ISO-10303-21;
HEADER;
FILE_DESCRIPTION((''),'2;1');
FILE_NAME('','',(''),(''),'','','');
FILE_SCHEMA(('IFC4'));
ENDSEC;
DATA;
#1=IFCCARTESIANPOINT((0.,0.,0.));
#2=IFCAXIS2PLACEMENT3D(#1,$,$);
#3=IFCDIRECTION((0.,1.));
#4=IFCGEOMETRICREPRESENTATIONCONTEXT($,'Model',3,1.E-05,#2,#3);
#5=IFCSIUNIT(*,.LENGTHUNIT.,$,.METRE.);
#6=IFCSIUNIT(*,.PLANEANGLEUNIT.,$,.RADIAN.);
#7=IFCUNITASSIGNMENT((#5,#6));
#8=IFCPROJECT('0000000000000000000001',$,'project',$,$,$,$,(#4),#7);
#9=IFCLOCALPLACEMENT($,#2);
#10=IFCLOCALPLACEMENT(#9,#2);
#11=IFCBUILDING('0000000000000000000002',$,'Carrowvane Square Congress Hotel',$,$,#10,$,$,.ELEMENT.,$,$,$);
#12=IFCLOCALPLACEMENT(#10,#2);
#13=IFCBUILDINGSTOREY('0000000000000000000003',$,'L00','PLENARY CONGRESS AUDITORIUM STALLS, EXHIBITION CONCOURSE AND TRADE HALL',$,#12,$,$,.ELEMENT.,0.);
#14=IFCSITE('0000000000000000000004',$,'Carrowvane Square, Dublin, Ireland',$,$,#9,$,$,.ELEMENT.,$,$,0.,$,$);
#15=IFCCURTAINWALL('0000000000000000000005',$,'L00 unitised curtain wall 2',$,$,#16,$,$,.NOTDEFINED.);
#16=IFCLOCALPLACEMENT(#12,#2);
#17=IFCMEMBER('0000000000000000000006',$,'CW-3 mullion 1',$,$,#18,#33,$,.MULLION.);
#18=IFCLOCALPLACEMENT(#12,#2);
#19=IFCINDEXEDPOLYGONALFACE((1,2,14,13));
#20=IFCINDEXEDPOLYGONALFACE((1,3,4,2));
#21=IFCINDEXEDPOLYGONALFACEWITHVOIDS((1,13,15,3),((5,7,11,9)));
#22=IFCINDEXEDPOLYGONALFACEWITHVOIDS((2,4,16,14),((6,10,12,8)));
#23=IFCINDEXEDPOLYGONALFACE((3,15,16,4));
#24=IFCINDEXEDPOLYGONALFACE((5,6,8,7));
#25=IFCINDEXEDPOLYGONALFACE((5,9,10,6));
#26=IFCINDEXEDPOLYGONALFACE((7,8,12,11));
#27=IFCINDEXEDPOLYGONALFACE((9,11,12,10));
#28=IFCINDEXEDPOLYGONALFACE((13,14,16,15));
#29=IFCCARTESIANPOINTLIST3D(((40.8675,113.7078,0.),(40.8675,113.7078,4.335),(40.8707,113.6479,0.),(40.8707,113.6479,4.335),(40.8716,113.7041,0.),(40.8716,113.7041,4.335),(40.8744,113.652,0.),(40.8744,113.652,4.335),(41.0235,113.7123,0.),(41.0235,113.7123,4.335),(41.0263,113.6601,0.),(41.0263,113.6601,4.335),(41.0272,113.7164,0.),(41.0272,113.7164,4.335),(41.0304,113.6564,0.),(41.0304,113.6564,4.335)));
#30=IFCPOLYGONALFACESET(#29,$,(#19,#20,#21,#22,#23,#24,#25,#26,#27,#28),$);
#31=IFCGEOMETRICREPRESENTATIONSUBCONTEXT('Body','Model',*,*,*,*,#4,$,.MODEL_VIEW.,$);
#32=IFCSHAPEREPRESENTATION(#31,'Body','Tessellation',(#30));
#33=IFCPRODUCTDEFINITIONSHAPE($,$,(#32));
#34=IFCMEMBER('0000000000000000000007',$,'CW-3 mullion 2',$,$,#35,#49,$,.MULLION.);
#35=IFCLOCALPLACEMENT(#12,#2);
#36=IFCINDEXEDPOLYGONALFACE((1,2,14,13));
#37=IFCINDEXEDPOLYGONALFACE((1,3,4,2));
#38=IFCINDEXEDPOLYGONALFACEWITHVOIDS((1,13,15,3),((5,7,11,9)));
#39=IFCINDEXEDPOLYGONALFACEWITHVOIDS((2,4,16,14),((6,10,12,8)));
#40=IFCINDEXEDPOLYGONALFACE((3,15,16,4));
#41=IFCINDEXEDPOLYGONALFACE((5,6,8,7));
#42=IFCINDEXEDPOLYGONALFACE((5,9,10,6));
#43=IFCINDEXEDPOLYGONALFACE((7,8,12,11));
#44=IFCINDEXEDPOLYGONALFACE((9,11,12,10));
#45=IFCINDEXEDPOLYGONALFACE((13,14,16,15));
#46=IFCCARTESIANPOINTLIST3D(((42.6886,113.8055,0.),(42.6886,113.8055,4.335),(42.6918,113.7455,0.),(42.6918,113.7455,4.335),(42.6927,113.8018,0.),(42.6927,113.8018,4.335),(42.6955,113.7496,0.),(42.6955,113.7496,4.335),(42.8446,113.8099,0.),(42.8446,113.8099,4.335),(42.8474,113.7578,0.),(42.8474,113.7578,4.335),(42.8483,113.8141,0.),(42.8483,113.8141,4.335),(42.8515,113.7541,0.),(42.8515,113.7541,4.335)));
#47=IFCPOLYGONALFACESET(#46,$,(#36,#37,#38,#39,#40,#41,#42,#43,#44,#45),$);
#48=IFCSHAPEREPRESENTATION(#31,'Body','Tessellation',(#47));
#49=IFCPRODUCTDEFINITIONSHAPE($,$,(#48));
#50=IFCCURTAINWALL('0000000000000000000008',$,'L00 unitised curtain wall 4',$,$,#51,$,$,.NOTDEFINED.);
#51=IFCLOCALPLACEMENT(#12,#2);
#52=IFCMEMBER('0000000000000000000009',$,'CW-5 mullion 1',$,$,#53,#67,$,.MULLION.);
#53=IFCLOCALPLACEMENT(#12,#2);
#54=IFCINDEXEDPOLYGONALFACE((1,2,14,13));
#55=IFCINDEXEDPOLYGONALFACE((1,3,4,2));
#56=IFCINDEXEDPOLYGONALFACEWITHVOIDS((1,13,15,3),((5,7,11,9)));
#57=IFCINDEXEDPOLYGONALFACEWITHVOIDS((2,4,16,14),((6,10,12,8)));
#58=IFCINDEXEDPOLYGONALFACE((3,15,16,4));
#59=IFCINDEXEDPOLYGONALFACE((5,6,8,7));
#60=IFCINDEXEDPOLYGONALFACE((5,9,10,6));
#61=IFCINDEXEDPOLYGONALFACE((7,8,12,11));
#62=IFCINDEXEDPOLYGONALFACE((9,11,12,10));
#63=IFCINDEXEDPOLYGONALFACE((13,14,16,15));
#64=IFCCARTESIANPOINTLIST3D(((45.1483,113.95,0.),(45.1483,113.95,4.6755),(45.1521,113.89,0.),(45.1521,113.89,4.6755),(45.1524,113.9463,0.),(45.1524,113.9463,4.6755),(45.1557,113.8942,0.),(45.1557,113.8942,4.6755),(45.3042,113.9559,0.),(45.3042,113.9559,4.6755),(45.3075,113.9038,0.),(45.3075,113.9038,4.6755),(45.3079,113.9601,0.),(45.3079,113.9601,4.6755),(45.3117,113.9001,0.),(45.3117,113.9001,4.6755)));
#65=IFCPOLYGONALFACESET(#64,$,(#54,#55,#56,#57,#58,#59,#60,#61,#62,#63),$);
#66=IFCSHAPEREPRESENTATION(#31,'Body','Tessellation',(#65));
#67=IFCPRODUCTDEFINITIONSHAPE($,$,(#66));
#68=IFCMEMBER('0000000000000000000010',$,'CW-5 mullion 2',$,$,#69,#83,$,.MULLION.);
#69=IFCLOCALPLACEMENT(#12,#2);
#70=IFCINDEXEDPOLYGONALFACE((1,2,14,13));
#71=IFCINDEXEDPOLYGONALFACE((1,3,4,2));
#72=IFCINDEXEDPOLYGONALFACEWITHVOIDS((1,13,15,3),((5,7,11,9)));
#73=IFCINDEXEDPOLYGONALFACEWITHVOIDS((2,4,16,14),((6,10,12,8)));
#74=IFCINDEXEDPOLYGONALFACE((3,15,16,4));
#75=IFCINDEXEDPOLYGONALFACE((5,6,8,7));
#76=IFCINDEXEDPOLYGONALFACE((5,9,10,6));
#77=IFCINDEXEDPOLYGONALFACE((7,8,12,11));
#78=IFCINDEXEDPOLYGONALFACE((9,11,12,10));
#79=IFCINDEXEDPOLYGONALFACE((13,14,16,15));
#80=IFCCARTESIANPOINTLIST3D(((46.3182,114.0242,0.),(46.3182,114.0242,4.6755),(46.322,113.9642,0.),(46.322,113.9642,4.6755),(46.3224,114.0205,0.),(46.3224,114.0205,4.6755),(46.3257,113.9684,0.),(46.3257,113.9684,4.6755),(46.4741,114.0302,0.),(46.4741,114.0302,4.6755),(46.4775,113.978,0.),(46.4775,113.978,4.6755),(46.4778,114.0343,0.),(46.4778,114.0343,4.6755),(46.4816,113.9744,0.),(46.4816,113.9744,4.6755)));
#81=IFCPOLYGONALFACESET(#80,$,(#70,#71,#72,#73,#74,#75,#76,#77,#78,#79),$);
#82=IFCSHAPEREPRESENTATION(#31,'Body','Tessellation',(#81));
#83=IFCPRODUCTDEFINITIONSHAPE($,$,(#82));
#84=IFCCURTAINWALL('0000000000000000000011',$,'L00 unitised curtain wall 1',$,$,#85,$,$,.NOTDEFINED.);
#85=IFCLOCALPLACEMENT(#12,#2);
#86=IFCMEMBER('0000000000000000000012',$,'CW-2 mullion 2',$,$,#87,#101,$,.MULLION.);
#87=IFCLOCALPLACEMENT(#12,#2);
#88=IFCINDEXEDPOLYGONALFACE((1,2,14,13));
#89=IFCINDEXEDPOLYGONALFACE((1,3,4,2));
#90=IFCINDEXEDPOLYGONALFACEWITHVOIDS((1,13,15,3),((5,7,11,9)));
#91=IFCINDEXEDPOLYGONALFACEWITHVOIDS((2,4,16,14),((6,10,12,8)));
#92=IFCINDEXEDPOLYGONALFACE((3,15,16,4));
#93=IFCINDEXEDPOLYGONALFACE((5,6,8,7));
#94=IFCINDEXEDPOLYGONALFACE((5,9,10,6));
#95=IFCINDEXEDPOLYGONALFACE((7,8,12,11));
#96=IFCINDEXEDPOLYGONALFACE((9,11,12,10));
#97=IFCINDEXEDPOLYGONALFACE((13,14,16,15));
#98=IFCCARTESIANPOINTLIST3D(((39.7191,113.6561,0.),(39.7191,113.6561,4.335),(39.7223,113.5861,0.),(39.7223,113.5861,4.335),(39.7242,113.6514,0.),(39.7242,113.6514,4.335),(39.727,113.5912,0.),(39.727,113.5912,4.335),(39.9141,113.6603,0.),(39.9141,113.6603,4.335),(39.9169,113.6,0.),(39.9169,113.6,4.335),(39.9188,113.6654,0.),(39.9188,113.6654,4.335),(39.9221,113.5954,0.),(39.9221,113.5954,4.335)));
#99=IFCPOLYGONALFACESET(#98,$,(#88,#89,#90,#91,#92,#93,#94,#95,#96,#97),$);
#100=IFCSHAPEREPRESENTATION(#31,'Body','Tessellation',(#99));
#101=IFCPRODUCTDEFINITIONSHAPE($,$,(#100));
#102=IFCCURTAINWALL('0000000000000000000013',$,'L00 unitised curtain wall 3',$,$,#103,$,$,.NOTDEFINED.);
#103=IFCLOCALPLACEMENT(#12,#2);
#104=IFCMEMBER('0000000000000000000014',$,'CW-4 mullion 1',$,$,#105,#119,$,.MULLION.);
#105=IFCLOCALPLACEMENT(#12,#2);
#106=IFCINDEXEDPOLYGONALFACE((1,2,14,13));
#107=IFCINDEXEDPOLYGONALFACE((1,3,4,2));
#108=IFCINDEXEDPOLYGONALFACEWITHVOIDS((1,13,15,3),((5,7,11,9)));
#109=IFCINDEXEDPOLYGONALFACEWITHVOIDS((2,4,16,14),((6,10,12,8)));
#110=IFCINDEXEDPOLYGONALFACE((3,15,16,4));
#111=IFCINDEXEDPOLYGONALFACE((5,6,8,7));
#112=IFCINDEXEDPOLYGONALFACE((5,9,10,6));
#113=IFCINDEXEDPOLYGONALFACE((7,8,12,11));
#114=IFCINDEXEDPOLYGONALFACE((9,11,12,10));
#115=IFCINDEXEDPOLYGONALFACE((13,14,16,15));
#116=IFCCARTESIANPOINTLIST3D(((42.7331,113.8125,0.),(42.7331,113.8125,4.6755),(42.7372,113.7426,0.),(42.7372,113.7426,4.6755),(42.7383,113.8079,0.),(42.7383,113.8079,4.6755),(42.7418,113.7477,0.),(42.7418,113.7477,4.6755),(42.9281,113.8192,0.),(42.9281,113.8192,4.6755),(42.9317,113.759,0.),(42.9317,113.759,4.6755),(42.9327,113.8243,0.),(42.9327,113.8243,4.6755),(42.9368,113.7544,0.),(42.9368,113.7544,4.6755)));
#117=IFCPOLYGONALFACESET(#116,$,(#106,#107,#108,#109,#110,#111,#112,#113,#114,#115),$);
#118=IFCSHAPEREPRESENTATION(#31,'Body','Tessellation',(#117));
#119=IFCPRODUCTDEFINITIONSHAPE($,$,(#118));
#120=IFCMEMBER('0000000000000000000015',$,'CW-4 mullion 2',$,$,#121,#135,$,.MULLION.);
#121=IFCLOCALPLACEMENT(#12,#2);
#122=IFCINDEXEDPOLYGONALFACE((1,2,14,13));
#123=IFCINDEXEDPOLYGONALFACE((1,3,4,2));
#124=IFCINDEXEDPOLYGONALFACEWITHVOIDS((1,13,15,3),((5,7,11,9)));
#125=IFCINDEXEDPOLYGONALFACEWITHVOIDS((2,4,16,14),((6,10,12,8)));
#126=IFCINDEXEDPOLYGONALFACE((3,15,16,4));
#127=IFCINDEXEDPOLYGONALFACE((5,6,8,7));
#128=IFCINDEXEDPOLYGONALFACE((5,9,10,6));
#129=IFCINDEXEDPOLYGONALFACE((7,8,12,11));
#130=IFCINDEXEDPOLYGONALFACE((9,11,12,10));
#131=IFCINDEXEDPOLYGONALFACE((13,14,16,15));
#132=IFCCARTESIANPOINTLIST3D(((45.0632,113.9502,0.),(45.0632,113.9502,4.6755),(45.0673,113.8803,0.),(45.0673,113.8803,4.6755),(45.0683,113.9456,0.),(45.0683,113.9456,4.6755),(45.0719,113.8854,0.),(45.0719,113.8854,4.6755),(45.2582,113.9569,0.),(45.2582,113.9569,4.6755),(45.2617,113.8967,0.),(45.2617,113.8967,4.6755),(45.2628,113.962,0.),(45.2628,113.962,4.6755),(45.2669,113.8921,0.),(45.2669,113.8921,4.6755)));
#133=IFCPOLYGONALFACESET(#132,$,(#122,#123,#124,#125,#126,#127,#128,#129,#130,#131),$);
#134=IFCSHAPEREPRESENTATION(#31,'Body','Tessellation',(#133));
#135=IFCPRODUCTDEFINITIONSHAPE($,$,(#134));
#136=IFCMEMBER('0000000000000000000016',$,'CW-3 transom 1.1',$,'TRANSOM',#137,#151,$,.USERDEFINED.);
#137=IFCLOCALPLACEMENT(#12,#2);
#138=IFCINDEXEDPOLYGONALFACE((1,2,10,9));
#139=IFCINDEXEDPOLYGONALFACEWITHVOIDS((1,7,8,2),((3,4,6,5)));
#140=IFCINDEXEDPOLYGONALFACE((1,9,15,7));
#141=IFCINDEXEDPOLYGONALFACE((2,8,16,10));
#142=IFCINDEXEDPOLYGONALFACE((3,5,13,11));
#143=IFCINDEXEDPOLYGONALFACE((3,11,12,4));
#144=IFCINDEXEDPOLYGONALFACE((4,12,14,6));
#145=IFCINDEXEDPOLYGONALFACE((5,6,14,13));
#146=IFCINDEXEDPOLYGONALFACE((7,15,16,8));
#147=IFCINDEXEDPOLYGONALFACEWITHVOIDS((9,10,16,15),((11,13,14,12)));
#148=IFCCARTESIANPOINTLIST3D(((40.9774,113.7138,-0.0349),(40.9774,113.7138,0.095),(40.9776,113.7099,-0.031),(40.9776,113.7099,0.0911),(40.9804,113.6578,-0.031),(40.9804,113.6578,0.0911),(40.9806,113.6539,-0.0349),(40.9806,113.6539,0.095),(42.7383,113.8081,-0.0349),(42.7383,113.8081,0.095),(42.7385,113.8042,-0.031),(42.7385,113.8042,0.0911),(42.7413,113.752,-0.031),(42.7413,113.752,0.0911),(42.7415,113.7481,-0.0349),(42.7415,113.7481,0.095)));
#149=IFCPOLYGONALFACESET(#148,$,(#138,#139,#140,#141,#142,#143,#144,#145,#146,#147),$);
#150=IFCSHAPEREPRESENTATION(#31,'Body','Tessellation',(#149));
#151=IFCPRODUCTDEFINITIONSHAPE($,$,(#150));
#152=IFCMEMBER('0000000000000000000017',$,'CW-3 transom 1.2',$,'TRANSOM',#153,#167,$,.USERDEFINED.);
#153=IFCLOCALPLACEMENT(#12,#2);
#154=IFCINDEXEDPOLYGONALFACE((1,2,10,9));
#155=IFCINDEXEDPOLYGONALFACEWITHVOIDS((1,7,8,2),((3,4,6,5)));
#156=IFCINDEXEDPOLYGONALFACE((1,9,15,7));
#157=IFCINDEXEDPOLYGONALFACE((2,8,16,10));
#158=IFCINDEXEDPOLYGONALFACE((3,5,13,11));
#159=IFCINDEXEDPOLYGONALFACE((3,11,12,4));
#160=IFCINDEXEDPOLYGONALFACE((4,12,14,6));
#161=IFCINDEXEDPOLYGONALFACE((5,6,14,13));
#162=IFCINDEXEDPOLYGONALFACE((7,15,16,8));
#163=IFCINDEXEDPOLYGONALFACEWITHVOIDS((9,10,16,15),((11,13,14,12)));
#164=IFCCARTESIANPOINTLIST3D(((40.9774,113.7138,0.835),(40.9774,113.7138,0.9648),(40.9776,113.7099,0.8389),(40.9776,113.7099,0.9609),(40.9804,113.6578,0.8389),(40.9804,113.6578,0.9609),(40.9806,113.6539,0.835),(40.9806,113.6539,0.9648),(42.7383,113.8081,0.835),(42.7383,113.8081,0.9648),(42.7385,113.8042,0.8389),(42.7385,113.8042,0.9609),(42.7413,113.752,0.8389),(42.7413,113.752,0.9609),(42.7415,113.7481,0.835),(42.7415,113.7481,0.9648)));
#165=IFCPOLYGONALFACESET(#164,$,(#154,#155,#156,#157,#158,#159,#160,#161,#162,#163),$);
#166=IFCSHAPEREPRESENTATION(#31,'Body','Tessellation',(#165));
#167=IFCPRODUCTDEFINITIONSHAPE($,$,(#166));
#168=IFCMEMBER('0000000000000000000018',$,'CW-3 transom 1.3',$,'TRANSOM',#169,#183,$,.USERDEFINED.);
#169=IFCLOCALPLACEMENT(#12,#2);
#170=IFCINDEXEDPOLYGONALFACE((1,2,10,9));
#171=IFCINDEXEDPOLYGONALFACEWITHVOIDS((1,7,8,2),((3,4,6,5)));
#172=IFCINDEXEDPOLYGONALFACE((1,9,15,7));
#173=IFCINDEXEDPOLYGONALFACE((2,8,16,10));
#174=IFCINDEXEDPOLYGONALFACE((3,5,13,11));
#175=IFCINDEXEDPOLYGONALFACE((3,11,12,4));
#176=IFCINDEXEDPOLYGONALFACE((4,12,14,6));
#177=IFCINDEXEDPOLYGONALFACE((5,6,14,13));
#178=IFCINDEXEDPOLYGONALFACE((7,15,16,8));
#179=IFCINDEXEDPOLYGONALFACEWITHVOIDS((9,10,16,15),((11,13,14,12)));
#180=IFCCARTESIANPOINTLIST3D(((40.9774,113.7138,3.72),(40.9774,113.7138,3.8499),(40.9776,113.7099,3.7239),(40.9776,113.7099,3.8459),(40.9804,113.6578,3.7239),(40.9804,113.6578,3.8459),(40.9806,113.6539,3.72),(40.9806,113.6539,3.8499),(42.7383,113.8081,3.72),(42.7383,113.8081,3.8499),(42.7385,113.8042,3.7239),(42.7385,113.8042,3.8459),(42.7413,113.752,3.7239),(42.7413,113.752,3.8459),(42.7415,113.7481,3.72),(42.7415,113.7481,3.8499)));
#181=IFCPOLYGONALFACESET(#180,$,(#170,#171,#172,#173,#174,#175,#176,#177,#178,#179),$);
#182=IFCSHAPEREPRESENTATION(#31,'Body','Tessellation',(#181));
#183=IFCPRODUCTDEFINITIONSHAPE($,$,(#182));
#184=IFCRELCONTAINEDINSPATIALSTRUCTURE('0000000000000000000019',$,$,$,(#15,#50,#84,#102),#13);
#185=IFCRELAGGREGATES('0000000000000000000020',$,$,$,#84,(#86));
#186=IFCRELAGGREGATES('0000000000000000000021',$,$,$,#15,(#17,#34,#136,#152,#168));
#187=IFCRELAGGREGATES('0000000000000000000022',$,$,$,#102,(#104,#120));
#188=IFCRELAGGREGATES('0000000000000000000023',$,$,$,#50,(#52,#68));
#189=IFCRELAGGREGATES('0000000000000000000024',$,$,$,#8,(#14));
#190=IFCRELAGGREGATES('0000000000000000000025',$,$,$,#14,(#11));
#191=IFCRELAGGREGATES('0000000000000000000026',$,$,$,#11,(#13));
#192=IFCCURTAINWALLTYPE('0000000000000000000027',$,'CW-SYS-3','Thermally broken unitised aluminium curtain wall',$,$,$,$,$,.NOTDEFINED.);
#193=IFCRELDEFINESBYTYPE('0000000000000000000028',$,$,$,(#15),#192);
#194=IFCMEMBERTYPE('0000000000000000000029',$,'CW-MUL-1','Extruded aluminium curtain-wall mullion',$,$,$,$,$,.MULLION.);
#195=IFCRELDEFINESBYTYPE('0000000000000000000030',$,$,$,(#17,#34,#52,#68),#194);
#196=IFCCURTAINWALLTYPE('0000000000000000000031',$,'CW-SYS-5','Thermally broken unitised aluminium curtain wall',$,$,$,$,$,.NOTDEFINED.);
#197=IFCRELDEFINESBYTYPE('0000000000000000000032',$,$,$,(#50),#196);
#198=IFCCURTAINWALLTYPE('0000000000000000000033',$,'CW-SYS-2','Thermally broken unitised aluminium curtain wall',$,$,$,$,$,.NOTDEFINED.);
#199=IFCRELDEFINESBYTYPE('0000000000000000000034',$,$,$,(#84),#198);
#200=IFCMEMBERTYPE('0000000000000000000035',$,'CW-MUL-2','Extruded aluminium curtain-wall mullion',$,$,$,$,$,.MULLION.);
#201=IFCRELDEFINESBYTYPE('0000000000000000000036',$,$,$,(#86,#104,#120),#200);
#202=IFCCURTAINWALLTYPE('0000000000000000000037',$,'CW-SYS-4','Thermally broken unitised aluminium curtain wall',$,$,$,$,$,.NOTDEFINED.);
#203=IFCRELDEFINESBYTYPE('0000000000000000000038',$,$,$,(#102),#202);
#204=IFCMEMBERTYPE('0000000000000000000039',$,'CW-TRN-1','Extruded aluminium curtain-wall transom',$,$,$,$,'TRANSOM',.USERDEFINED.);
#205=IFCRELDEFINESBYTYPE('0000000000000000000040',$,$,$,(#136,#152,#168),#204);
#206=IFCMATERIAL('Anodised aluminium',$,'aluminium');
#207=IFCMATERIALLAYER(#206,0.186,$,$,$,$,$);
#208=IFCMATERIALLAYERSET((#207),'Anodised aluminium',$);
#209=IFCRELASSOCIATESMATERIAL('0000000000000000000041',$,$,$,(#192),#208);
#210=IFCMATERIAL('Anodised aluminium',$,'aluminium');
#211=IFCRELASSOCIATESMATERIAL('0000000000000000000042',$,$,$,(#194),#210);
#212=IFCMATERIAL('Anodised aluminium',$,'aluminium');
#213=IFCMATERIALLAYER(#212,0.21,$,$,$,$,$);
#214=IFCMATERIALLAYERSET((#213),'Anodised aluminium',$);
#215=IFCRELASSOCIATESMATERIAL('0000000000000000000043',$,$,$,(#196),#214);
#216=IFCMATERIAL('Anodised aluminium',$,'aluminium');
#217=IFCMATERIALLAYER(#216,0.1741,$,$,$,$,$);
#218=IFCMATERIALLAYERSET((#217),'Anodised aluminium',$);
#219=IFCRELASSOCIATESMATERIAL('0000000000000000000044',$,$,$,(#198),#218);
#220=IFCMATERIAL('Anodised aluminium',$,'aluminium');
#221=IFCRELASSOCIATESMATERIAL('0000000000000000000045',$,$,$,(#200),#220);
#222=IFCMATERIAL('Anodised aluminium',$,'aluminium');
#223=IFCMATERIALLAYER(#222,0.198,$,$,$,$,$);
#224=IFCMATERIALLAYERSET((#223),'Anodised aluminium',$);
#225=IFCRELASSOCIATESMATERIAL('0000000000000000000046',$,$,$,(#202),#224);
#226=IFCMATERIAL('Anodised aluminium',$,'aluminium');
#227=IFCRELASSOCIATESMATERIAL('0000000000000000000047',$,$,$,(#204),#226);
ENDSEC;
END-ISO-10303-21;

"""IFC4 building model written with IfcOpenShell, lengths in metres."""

from ifc_helpers import new_model, si_unit, direction, frame, origin, origin_2d, place, context, subcontext, project, spatial, hollow_rectangle, extrude, material, layer, layer_set, material_profile, profile_set, type_object, element, aggregate, save


model = new_model("IFC4")

# Units and contexts
model_context = context("Model", 3, precision=1e-05, world=origin(), true_north=direction((0.0, 1.0)))
body_context = subcontext(model_context, "Body", "Model", "MODEL_VIEW")
ifc_project = project(units=[si_unit("LENGTHUNIT", "METRE"), si_unit("PLANEANGLEUNIT", "RADIAN")], contexts=[model_context])

# Site, building, storey
site_placement = place(None, origin())
site = spatial("IfcSite", under=ifc_project, at=site_placement, Name="Carrowvane Square, Dublin, Ireland", CompositionType="ELEMENT", RefElevation=0.0)
building_placement = place(site_placement, origin())
building = spatial("IfcBuilding", under=site, at=building_placement, Name="Carrowvane Square Congress Hotel", CompositionType="ELEMENT")
storey_placement = place(building_placement, origin())
storey = spatial("IfcBuildingStorey", under=building, at=storey_placement, Name="L00", Description="PLENARY CONGRESS AUDITORIUM STALLS, EXHIBITION CONCOURSE AND TRADE HALL", CompositionType="ELEMENT", Elevation=0.0)

# Curtain walls, members
ifc_material_1 = material(Name="Anodised aluminium", Category="aluminium")
ifc_layer_1 = layer(ifc_material_1, 0.186)
ifc_layer_set_1 = layer_set([ifc_layer_1], Name="Anodised aluminium")
curtain_wall_type_1 = type_object("IfcCurtainWallType", Name="CW-SYS-3", Description="Thermally broken unitised aluminium curtain wall", PredefinedType="NOTDEFINED", material=ifc_layer_set_1)
curtain_wall_1_placement = place(storey_placement, origin())
curtain_wall_1 = element("IfcCurtainWall", 1, at=curtain_wall_1_placement, inside=storey, type_object=curtain_wall_type_1, Name="L00 unitised curtain wall 2", PredefinedType="NOTDEFINED")
ifc_material_2 = material(Name="Anodised aluminium", Category="aluminium")
ifc_material_profile_1 = material_profile(ifc_material_2, hollow_rectangle(XDim=0.0601, YDim=0.1599, WallThickness=0.0039, at=origin_2d()), Name="CW-ML 60x160x4")
ifc_profile_set_1 = profile_set([ifc_material_profile_1], Name="Anodised aluminium")
member_type_1 = type_object("IfcMemberType", Name="CW-MUL-1", Description="Extruded aluminium curtain-wall mullion", PredefinedType="MULLION", material=ifc_profile_set_1)
member_1_placement = place(storey_placement, frame((40.949, 113.6821, 0.0), z_axis=(0.0, 0.0, 1.0), x_axis=(-0.053515, 0.998567, 0.0)))
member_1 = element("IfcMember", 2, at=member_1_placement, type_object=member_type_1, Name="CW-3 mullion 1", PredefinedType="MULLION", context=body_context, shape_type="SweptSolid", body=[
    extrude(hollow_rectangle(XDim=0.0601, YDim=0.1599, WallThickness=0.0039, at=origin_2d()), origin(), (0.0, 0.0, 1.0), 4.335),
])
member_2_placement = place(storey_placement, frame((42.77, 113.7798, 0.0), z_axis=(0.0, 0.0, 1.0), x_axis=(-0.053515, 0.998567, 0.0)))
member_2 = element("IfcMember", 3, at=member_2_placement, type_object=member_type_1, Name="CW-3 mullion 2", PredefinedType="MULLION", context=body_context, shape_type="SweptSolid", body=[
    extrude(hollow_rectangle(XDim=0.0601, YDim=0.1599, WallThickness=0.0039, at=origin_2d()), origin(), (0.0, 0.0, 1.0), 4.335),
])
ifc_material_3 = material(Name="Anodised aluminium", Category="aluminium")
ifc_layer_2 = layer(ifc_material_3, 0.21)
ifc_layer_set_2 = layer_set([ifc_layer_2], Name="Anodised aluminium")
curtain_wall_type_2 = type_object("IfcCurtainWallType", Name="CW-SYS-5", Description="Thermally broken unitised aluminium curtain wall", PredefinedType="NOTDEFINED", material=ifc_layer_set_2)
curtain_wall_2_placement = place(storey_placement, origin())
curtain_wall_2 = element("IfcCurtainWall", 4, at=curtain_wall_2_placement, inside=storey, type_object=curtain_wall_type_2, Name="L00 unitised curtain wall 4", PredefinedType="NOTDEFINED")
member_3_placement = place(storey_placement, frame((45.23, 113.925, 0.0), z_axis=(0.0, 0.0, 1.0), x_axis=(-0.063273, 0.997996, 0.0)))
member_3 = element("IfcMember", 5, at=member_3_placement, type_object=member_type_1, Name="CW-5 mullion 1", PredefinedType="MULLION", context=body_context, shape_type="SweptSolid", body=[
    extrude(hollow_rectangle(XDim=0.0601, YDim=0.1599, WallThickness=0.0039, at=origin_2d()), origin(), (0.0, 0.0, 1.0), 4.6755),
])
member_4_placement = place(storey_placement, frame((46.3999, 113.9993, 0.0), z_axis=(0.0, 0.0, 1.0), x_axis=(-0.063273, 0.997996, 0.0)))
member_4 = element("IfcMember", 6, at=member_4_placement, type_object=member_type_1, Name="CW-5 mullion 2", PredefinedType="MULLION", context=body_context, shape_type="SweptSolid", body=[
    extrude(hollow_rectangle(XDim=0.0601, YDim=0.1599, WallThickness=0.0039, at=origin_2d()), origin(), (0.0, 0.0, 1.0), 4.6755),
])

# Curtain wall, member
ifc_material_4 = material(Name="Anodised aluminium", Category="aluminium")
ifc_layer_3 = layer(ifc_material_4, 0.1741)
ifc_layer_set_3 = layer_set([ifc_layer_3], Name="Anodised aluminium")
curtain_wall_type_3 = type_object("IfcCurtainWallType", Name="CW-SYS-2", Description="Thermally broken unitised aluminium curtain wall", PredefinedType="NOTDEFINED", material=ifc_layer_set_3)
curtain_wall_3_placement = place(storey_placement, origin())
curtain_wall_3 = element("IfcCurtainWall", 7, at=curtain_wall_3_placement, inside=storey, type_object=curtain_wall_type_3, Name="L00 unitised curtain wall 1", PredefinedType="NOTDEFINED")
ifc_material_5 = material(Name="Anodised aluminium", Category="aluminium")
ifc_material_profile_2 = material_profile(ifc_material_5, hollow_rectangle(XDim=0.0701, YDim=0.2, WallThickness=0.0049, at=origin_2d()), Name="CW-ML 70x200x5")
ifc_profile_set_2 = profile_set([ifc_material_profile_2], Name="Anodised aluminium")
member_type_2 = type_object("IfcMemberType", Name="CW-MUL-2", Description="Extruded aluminium curtain-wall mullion", PredefinedType="MULLION", material=ifc_profile_set_2)
member_5_placement = place(storey_placement, frame((39.8206, 113.6257, 0.0), z_axis=(0.0, 0.0, 1.0), x_axis=(-0.046517, 0.998917, 0.0)))
member_5 = element("IfcMember", 8, at=member_5_placement, type_object=member_type_2, Name="CW-2 mullion 2", PredefinedType="MULLION", context=body_context, shape_type="SweptSolid", body=[
    extrude(hollow_rectangle(XDim=0.0701, YDim=0.2, WallThickness=0.0049, at=origin_2d()), origin(), (0.0, 0.0, 1.0), 4.335),
])

# Curtain wall, members
ifc_material_6 = material(Name="Anodised aluminium", Category="aluminium")
ifc_layer_4 = layer(ifc_material_6, 0.198)
ifc_layer_set_4 = layer_set([ifc_layer_4], Name="Anodised aluminium")
curtain_wall_type_4 = type_object("IfcCurtainWallType", Name="CW-SYS-4", Description="Thermally broken unitised aluminium curtain wall", PredefinedType="NOTDEFINED", material=ifc_layer_set_4)
curtain_wall_4_placement = place(storey_placement, origin())
curtain_wall_4 = element("IfcCurtainWall", 9, at=curtain_wall_4_placement, inside=storey, type_object=curtain_wall_type_4, Name="L00 unitised curtain wall 3", PredefinedType="NOTDEFINED")
member_6_placement = place(storey_placement, frame((42.835, 113.7834, 0.0), z_axis=(0.0, 0.0, 1.0), x_axis=(-0.058989, 0.998259, 0.0)))
member_6 = element("IfcMember", 10, at=member_6_placement, type_object=member_type_2, Name="CW-4 mullion 1", PredefinedType="MULLION", context=body_context, shape_type="SweptSolid", body=[
    extrude(hollow_rectangle(XDim=0.0701, YDim=0.2, WallThickness=0.0049, at=origin_2d()), origin(), (0.0, 0.0, 1.0), 4.6755),
])
member_7_placement = place(storey_placement, frame((45.165, 113.9211, 0.0), z_axis=(0.0, 0.0, 1.0), x_axis=(-0.058989, 0.998259, 0.0)))
member_7 = element("IfcMember", 11, at=member_7_placement, type_object=member_type_2, Name="CW-4 mullion 2", PredefinedType="MULLION", context=body_context, shape_type="SweptSolid", body=[
    extrude(hollow_rectangle(XDim=0.0701, YDim=0.2, WallThickness=0.0049, at=origin_2d()), origin(), (0.0, 0.0, 1.0), 4.6755),
])

# Members
ifc_material_7 = material(Name="Anodised aluminium", Category="aluminium")
ifc_material_profile_3 = material_profile(ifc_material_7, hollow_rectangle(XDim=0.0601, YDim=0.1299, WallThickness=0.0039, at=origin_2d()), Name="CW-TR 60x130x4")
ifc_profile_set_3 = profile_set([ifc_material_profile_3], Name="Anodised aluminium")
member_type_3 = type_object("IfcMemberType", Name="CW-TRN-1", Description="Extruded aluminium curtain-wall transom", ElementType="TRANSOM", PredefinedType="USERDEFINED", material=ifc_profile_set_3)
member_8_placement = place(storey_placement, frame((40.979, 113.6838, 0.03), z_axis=(0.998571, 0.053438, 0.0), x_axis=(-0.053438, 0.998571, 0.0)))
member_8 = element("IfcMember", 12, at=member_8_placement, type_object=member_type_3, Name="CW-3 transom 1.1", ObjectType="TRANSOM", PredefinedType="USERDEFINED", context=body_context, shape_type="SweptSolid", body=[
    extrude(hollow_rectangle(XDim=0.0601, YDim=0.1299, WallThickness=0.0039, at=origin_2d()), origin(), (0.0, 0.0, 1.0), 1.7634),
])
member_9_placement = place(storey_placement, frame((40.979, 113.6838, 0.8999), z_axis=(0.998571, 0.053438, 0.0), x_axis=(-0.053438, 0.998571, 0.0)))
member_9 = element("IfcMember", 13, at=member_9_placement, type_object=member_type_3, Name="CW-3 transom 1.2", ObjectType="TRANSOM", PredefinedType="USERDEFINED", context=body_context, shape_type="SweptSolid", body=[
    extrude(hollow_rectangle(XDim=0.0601, YDim=0.1299, WallThickness=0.0039, at=origin_2d()), origin(), (0.0, 0.0, 1.0), 1.7634),
])
member_10_placement = place(storey_placement, frame((40.979, 113.6838, 3.7849), z_axis=(0.998571, 0.053438, 0.0), x_axis=(-0.053438, 0.998571, 0.0)))
member_10 = element("IfcMember", 14, at=member_10_placement, type_object=member_type_3, Name="CW-3 transom 1.3", ObjectType="TRANSOM", PredefinedType="USERDEFINED", context=body_context, shape_type="SweptSolid", body=[
    extrude(hollow_rectangle(XDim=0.0601, YDim=0.1299, WallThickness=0.0039, at=origin_2d()), origin(), (0.0, 0.0, 1.0), 1.7634),
])

aggregate(curtain_wall_3, [member_5])
aggregate(curtain_wall_1, [member_1, member_2, member_8, member_9, member_10])
aggregate(curtain_wall_4, [member_6, member_7])
aggregate(curtain_wall_2, [member_3, member_4])

save(model, "model.ifc")
